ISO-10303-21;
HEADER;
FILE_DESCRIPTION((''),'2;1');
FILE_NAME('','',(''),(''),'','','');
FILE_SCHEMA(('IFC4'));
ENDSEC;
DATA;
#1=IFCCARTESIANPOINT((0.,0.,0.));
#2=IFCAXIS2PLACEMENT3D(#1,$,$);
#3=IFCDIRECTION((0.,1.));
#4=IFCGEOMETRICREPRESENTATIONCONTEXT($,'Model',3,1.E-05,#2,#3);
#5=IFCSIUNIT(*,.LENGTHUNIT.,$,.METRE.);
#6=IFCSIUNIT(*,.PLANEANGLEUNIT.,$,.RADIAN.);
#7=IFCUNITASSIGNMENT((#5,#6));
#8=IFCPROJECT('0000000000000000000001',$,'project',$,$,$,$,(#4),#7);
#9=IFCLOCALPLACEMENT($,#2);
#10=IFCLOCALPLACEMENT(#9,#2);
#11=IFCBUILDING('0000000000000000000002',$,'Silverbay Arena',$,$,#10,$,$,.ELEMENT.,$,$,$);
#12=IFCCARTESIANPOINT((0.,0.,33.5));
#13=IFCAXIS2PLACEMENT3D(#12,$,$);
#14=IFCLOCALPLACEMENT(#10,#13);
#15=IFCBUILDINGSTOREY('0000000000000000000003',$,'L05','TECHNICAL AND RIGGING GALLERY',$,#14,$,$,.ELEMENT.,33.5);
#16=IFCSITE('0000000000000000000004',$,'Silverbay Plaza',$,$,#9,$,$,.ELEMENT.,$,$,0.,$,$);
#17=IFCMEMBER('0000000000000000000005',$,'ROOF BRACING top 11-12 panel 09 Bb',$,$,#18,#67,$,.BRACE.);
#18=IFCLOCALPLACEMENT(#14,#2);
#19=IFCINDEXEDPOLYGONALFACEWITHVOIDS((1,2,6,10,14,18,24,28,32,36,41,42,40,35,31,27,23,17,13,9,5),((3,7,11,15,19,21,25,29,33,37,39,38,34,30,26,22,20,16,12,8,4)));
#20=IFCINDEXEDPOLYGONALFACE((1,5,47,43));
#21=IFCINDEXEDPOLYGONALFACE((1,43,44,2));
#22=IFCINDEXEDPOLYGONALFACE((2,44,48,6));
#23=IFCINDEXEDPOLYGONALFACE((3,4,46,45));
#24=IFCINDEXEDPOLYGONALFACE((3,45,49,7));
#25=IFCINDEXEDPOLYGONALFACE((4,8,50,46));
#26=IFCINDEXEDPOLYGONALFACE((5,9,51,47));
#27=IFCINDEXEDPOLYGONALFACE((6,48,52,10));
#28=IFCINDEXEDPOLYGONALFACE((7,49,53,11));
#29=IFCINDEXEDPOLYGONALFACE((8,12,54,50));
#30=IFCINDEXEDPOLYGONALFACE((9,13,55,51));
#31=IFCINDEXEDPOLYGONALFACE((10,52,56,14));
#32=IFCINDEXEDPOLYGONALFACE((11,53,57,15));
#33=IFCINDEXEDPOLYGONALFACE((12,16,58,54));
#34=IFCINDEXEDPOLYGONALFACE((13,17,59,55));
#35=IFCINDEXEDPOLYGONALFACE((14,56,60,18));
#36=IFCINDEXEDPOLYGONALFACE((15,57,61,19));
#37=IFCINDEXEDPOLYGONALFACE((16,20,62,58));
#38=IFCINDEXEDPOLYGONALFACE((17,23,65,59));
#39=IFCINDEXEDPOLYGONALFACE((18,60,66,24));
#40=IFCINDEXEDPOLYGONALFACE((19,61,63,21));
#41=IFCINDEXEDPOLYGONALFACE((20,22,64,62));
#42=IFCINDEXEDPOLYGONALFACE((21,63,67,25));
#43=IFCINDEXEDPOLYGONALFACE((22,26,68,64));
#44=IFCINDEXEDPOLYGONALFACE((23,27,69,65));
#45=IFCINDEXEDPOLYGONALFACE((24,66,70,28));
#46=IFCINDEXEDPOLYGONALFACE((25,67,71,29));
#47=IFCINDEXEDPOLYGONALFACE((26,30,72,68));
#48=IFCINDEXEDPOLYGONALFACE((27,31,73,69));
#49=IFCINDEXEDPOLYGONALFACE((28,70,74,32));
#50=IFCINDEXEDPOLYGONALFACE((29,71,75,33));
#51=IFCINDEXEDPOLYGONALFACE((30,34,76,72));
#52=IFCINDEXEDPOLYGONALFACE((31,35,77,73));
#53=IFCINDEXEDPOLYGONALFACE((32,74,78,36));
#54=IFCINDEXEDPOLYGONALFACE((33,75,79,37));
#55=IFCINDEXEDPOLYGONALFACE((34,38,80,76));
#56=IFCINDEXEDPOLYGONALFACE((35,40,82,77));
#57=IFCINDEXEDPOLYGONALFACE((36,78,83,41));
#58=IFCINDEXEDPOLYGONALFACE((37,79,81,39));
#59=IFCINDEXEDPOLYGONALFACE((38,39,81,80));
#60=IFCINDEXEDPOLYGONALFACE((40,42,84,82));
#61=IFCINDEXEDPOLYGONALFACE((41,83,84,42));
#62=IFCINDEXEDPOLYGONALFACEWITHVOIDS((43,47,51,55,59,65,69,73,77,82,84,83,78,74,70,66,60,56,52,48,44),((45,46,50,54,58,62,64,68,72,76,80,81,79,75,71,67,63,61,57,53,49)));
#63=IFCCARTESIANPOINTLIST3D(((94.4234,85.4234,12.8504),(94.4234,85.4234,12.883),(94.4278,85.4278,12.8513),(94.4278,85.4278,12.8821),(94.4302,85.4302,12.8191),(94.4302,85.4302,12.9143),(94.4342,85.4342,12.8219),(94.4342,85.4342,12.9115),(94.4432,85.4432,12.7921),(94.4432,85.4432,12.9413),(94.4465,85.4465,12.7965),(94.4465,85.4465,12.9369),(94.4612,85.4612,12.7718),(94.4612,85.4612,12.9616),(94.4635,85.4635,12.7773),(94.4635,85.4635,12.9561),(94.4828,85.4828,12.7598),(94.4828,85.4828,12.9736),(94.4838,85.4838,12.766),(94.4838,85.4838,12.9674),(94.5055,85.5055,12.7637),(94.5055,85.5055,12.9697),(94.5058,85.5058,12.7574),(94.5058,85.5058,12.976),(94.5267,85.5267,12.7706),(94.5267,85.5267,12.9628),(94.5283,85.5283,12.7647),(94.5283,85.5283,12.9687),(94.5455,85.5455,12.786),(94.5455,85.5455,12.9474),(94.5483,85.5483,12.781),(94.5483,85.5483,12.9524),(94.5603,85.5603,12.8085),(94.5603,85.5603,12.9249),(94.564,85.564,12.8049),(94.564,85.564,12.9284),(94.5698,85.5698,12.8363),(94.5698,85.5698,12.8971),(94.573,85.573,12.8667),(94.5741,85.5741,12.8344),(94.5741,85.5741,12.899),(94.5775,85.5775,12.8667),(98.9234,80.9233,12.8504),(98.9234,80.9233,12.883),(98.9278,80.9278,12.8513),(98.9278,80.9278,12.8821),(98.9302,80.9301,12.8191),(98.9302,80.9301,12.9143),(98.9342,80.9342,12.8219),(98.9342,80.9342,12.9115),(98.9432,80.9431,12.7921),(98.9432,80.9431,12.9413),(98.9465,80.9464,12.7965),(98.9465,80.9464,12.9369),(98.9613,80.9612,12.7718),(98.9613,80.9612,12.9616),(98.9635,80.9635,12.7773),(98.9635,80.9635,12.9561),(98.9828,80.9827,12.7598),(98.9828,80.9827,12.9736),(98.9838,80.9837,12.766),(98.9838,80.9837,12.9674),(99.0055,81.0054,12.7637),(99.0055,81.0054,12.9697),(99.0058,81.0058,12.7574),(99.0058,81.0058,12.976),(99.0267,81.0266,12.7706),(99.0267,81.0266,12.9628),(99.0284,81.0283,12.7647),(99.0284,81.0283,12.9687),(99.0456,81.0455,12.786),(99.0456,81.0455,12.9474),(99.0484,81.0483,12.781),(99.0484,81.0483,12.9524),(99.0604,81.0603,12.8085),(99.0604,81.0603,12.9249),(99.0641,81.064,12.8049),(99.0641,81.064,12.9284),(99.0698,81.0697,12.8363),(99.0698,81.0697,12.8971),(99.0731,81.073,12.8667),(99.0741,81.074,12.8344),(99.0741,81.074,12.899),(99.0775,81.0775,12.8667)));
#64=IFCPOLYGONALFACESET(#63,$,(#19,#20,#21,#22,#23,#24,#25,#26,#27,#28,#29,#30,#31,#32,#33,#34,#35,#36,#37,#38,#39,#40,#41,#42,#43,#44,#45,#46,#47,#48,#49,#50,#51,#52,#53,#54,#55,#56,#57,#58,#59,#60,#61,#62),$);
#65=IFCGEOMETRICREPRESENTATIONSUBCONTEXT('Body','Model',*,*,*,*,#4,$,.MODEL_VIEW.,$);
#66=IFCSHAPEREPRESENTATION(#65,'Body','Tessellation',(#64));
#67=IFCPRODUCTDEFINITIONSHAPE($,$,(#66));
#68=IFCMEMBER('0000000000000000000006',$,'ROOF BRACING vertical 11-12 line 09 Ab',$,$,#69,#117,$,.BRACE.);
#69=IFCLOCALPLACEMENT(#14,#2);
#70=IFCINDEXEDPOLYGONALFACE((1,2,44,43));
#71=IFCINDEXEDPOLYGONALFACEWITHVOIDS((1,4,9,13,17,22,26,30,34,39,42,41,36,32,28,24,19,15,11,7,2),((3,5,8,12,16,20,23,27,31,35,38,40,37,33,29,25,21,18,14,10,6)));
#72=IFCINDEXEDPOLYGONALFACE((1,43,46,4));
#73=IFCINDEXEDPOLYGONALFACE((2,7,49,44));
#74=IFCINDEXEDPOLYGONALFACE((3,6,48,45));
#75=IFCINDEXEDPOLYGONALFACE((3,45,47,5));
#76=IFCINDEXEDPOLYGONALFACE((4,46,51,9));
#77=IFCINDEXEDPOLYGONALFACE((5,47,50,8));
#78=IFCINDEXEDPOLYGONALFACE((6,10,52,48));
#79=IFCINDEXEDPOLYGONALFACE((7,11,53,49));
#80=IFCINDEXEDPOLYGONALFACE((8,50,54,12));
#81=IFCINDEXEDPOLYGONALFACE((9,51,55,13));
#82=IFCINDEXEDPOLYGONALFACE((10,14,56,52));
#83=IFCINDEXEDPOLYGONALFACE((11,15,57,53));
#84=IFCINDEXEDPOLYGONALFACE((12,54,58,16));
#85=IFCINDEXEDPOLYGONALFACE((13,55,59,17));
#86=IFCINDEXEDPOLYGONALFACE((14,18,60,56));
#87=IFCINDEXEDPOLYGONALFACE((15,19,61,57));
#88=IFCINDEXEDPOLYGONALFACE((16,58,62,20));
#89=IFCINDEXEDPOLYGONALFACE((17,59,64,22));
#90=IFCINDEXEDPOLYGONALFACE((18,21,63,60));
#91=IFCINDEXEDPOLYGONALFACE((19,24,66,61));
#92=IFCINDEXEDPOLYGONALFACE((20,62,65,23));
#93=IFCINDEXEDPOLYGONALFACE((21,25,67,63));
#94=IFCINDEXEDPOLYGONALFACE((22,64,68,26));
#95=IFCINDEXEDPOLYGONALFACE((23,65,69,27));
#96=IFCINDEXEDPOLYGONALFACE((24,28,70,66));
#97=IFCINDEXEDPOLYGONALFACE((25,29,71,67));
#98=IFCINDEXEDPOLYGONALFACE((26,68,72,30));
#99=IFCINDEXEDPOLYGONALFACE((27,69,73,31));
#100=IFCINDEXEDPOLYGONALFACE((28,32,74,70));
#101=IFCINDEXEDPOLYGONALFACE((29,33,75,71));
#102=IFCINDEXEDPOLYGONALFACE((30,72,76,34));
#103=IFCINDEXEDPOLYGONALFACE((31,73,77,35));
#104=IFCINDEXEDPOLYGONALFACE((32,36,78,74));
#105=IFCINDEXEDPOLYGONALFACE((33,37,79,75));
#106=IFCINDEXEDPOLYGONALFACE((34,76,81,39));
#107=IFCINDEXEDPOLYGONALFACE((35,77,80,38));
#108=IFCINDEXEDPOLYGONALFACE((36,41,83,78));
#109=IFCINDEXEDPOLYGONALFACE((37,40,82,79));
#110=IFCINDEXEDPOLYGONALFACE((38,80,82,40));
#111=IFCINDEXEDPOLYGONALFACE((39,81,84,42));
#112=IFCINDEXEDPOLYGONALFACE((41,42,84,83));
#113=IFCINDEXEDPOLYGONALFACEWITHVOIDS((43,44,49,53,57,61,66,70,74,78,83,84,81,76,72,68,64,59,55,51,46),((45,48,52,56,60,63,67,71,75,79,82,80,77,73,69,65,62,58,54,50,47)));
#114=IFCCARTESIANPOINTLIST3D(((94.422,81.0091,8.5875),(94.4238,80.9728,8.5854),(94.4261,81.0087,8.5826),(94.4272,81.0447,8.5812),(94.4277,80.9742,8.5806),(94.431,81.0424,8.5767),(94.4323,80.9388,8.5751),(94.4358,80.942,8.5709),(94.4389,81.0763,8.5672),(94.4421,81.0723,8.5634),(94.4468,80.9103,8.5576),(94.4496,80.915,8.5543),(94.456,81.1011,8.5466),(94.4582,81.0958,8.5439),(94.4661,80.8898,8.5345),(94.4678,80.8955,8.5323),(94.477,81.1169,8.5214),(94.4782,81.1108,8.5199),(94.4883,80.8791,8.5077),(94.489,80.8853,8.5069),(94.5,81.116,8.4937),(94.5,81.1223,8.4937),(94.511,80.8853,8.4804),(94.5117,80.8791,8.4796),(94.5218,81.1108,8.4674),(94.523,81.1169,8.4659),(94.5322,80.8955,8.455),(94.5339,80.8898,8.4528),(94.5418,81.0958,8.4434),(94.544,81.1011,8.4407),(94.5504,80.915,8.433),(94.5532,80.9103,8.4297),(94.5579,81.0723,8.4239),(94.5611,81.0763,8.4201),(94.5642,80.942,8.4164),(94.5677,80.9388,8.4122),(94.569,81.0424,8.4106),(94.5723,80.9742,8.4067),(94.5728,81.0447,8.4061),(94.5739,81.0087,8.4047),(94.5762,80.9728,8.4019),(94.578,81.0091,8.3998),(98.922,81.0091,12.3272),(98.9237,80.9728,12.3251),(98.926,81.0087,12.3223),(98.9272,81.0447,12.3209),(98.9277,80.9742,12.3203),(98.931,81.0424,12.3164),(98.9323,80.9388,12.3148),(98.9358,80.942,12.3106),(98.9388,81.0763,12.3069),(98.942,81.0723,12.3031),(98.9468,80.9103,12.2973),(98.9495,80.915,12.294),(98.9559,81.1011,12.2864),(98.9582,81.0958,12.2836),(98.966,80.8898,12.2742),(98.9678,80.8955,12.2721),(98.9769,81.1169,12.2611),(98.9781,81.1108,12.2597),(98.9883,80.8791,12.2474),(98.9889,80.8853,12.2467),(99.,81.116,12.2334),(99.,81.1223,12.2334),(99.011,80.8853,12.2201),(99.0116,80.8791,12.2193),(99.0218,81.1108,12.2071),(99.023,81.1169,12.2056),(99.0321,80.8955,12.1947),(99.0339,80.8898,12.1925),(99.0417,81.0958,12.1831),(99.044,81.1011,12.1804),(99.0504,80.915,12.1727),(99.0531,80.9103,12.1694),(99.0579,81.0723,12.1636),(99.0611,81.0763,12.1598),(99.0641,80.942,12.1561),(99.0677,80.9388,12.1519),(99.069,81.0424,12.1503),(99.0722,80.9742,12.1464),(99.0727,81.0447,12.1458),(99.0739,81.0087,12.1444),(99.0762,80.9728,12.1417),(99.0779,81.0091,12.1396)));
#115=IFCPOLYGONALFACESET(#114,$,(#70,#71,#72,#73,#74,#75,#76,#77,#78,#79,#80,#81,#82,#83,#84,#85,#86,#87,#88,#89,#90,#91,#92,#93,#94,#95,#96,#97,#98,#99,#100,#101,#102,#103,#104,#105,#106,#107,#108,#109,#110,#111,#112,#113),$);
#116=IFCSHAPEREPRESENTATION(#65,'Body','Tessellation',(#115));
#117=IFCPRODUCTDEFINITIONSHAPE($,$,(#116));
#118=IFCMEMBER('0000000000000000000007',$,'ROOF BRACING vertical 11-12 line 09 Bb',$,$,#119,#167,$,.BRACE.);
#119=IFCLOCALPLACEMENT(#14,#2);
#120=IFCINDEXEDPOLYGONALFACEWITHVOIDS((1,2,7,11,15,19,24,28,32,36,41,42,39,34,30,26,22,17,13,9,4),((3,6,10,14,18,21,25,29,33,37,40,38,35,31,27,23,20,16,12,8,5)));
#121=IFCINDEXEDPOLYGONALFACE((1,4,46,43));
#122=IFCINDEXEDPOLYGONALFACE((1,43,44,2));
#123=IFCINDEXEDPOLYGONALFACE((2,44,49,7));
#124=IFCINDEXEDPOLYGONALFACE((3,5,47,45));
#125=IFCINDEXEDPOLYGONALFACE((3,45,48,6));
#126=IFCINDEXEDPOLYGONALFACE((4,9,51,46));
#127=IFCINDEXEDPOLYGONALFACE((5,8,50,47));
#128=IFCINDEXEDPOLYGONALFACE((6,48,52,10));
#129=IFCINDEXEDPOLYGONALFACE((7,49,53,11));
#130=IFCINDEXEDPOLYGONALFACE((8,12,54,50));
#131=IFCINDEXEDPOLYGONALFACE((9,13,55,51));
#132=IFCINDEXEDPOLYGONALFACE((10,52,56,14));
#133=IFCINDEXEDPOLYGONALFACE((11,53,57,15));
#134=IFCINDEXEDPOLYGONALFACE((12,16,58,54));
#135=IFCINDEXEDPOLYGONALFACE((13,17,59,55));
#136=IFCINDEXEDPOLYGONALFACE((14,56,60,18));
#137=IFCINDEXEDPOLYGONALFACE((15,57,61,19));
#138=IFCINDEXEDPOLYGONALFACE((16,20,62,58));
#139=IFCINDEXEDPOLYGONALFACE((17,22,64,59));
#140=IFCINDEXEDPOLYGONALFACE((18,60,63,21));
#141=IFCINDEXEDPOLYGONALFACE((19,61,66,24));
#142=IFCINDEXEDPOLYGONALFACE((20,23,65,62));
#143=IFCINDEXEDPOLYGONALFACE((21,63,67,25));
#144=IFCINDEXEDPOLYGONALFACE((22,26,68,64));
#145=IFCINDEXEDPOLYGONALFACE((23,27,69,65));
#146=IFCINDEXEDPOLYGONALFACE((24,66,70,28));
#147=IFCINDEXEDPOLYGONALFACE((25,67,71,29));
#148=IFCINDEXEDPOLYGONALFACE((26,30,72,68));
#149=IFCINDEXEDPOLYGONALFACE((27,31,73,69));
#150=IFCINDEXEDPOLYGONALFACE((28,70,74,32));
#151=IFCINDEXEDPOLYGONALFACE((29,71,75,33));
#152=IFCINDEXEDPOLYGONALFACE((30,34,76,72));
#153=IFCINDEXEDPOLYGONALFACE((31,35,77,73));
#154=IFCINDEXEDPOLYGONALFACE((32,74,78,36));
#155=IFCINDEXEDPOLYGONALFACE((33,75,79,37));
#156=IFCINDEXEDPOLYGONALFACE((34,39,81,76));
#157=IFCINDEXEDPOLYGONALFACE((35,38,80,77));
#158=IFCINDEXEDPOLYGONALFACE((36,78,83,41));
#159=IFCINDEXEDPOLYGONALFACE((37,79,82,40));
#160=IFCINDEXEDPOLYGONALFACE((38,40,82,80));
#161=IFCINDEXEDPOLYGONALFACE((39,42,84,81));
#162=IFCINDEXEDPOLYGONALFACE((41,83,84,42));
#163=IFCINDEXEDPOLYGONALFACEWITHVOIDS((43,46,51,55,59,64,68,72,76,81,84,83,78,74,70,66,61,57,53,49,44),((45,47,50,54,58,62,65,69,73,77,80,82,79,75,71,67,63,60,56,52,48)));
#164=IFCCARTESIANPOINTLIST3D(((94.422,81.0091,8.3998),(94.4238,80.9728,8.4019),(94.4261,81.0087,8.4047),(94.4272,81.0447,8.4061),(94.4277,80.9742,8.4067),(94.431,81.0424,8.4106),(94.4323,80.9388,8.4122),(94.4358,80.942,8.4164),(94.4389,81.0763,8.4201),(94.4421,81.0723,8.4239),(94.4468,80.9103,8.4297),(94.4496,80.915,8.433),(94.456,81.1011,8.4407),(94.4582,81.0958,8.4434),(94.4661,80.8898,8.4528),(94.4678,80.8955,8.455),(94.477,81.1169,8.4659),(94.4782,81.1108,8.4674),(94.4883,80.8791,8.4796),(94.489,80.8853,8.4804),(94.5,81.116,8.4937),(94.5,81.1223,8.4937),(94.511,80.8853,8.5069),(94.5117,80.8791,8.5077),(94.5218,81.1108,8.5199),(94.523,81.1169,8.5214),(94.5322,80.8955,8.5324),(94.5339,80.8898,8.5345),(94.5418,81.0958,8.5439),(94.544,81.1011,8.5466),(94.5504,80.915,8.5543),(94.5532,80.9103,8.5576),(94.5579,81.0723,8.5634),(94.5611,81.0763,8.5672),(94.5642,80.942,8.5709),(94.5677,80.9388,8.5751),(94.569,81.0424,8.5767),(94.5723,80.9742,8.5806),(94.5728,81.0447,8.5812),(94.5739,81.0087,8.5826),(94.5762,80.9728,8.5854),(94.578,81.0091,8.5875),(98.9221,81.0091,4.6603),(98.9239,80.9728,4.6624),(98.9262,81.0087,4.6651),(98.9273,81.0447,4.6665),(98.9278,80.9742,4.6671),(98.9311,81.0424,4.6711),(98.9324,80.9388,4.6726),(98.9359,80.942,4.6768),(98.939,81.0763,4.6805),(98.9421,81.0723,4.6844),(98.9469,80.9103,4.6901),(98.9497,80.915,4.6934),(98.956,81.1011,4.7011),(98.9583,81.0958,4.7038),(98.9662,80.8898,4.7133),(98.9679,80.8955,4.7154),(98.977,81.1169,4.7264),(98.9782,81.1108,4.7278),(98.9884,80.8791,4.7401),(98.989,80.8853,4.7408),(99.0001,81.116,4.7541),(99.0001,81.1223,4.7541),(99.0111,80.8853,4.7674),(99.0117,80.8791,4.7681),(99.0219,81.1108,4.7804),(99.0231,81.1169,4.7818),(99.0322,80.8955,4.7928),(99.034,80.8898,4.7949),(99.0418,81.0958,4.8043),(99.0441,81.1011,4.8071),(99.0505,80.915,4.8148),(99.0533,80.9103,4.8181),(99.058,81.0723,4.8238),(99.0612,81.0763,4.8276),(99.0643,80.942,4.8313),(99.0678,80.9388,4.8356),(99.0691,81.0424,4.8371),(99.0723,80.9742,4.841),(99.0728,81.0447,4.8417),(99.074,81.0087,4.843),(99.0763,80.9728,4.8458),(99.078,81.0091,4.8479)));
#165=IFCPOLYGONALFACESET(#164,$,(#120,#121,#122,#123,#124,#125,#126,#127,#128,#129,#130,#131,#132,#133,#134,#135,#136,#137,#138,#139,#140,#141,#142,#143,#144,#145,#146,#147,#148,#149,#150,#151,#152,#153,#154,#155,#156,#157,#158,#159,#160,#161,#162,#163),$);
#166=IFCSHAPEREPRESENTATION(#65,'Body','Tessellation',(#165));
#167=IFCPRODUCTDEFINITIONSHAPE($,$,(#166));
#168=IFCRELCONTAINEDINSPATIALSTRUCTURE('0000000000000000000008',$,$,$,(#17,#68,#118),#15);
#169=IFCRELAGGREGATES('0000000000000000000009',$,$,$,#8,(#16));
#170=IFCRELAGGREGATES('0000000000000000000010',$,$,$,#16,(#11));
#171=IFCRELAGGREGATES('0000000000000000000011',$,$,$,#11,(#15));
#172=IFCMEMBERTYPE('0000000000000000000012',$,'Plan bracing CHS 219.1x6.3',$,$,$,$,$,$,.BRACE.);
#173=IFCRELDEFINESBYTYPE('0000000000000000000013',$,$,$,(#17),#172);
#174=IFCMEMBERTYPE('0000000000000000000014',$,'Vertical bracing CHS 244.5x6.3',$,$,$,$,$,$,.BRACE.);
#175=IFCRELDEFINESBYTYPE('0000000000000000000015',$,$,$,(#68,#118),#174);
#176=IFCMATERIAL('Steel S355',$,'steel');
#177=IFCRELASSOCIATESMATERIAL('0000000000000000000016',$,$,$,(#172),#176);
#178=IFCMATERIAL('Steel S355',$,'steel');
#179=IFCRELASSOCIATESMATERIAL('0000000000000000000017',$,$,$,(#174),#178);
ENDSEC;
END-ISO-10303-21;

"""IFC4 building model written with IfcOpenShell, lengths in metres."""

from ifc_helpers import new_model, si_unit, direction, frame, origin, origin_2d, place, context, subcontext, project, spatial, hollow_circle, extrude, material, material_profile, profile_set, type_object, element, save


model = new_model("IFC4")

# Units and contexts
model_context = context("Model", 3, precision=1e-05, world=origin(), true_north=direction((0.0, 1.0)))
body_context = subcontext(model_context, "Body", "Model", "MODEL_VIEW")
ifc_project = project(units=[si_unit("LENGTHUNIT", "METRE"), si_unit("PLANEANGLEUNIT", "RADIAN")], contexts=[model_context])

# Site, building, storey
site_placement = place(None, origin())
site = spatial("IfcSite", under=ifc_project, at=site_placement, Name="Silverbay Plaza", CompositionType="ELEMENT", RefElevation=0.0)
building_placement = place(site_placement, origin())
building = spatial("IfcBuilding", under=site, at=building_placement, Name="Silverbay Arena", CompositionType="ELEMENT")
storey_placement = place(building_placement, frame((0.0, 0.0, 33.5)))
storey = spatial("IfcBuildingStorey", under=building, at=storey_placement, Name="L05", Description="TECHNICAL AND RIGGING GALLERY", CompositionType="ELEMENT", Elevation=33.5)

# Members
ifc_material_1 = material(Name="Steel S355", Category="steel")
ifc_material_profile_1 = material_profile(ifc_material_1, hollow_circle(Radius=0.1096, WallThickness=0.0063, at=origin_2d()), Name="CHS 219.1x6.3")
ifc_profile_set_1 = profile_set([ifc_material_profile_1], Name="Steel S355")
member_type_1 = type_object("IfcMemberType", Name="Plan bracing CHS 219.1x6.3", PredefinedType="BRACE", material=ifc_profile_set_1)
for number, where, z_axis, x_axis, name in (
    (1, (94.5, 85.5, 12.8667), (0.707107, -0.707107, 0.0), (0.707107, 0.707107, 0.0), "ROOF BRACING top 11-12 panel 09 Bb"),
):
    element("IfcMember", number, at=place(storey_placement, frame(where, z_axis=z_axis, x_axis=x_axis)), inside=storey, type_object=member_type_1, Name=name, PredefinedType="BRACE", context=body_context, shape_type="SweptSolid", body=[
        extrude(hollow_circle(Radius=0.1096, WallThickness=0.0063, at=origin_2d()), origin(), (0.0, 0.0, 1.0), 6.364),
    ])
ifc_material_2 = material(Name="Steel S355", Category="steel")
ifc_material_profile_2 = material_profile(ifc_material_2, hollow_circle(Radius=0.1223, WallThickness=0.0063, at=origin_2d()), Name="CHS 244.5x6.3")
ifc_profile_set_2 = profile_set([ifc_material_profile_2], Name="Steel S355")
member_type_2 = type_object("IfcMemberType", Name="Vertical bracing CHS 244.5x6.3", PredefinedType="BRACE", material=ifc_profile_set_2)
for number, where, z_axis, x_axis, name in (
    (2, (94.5, 81.0, 8.4937), (0.769082, 0.0, 0.63915), (0.0, 1.0, 0.0), "ROOF BRACING vertical 11-12 line 09 Ab"),
    (3, (94.5, 81.0, 8.4937), (0.769103, 0.0, -0.639125), (0.0, 1.0, 0.0), "ROOF BRACING vertical 11-12 line 09 Bb"),
):
    element("IfcMember", number, at=place(storey_placement, frame(where, z_axis=z_axis, x_axis=x_axis)), inside=storey, type_object=member_type_2, Name=name, PredefinedType="BRACE", context=body_context, shape_type="SweptSolid", body=[
        extrude(hollow_circle(Radius=0.1223, WallThickness=0.0063, at=origin_2d()), origin(), (0.0, 0.0, 1.0), 5.8511),
    ])

save(model, "model.ifc")
